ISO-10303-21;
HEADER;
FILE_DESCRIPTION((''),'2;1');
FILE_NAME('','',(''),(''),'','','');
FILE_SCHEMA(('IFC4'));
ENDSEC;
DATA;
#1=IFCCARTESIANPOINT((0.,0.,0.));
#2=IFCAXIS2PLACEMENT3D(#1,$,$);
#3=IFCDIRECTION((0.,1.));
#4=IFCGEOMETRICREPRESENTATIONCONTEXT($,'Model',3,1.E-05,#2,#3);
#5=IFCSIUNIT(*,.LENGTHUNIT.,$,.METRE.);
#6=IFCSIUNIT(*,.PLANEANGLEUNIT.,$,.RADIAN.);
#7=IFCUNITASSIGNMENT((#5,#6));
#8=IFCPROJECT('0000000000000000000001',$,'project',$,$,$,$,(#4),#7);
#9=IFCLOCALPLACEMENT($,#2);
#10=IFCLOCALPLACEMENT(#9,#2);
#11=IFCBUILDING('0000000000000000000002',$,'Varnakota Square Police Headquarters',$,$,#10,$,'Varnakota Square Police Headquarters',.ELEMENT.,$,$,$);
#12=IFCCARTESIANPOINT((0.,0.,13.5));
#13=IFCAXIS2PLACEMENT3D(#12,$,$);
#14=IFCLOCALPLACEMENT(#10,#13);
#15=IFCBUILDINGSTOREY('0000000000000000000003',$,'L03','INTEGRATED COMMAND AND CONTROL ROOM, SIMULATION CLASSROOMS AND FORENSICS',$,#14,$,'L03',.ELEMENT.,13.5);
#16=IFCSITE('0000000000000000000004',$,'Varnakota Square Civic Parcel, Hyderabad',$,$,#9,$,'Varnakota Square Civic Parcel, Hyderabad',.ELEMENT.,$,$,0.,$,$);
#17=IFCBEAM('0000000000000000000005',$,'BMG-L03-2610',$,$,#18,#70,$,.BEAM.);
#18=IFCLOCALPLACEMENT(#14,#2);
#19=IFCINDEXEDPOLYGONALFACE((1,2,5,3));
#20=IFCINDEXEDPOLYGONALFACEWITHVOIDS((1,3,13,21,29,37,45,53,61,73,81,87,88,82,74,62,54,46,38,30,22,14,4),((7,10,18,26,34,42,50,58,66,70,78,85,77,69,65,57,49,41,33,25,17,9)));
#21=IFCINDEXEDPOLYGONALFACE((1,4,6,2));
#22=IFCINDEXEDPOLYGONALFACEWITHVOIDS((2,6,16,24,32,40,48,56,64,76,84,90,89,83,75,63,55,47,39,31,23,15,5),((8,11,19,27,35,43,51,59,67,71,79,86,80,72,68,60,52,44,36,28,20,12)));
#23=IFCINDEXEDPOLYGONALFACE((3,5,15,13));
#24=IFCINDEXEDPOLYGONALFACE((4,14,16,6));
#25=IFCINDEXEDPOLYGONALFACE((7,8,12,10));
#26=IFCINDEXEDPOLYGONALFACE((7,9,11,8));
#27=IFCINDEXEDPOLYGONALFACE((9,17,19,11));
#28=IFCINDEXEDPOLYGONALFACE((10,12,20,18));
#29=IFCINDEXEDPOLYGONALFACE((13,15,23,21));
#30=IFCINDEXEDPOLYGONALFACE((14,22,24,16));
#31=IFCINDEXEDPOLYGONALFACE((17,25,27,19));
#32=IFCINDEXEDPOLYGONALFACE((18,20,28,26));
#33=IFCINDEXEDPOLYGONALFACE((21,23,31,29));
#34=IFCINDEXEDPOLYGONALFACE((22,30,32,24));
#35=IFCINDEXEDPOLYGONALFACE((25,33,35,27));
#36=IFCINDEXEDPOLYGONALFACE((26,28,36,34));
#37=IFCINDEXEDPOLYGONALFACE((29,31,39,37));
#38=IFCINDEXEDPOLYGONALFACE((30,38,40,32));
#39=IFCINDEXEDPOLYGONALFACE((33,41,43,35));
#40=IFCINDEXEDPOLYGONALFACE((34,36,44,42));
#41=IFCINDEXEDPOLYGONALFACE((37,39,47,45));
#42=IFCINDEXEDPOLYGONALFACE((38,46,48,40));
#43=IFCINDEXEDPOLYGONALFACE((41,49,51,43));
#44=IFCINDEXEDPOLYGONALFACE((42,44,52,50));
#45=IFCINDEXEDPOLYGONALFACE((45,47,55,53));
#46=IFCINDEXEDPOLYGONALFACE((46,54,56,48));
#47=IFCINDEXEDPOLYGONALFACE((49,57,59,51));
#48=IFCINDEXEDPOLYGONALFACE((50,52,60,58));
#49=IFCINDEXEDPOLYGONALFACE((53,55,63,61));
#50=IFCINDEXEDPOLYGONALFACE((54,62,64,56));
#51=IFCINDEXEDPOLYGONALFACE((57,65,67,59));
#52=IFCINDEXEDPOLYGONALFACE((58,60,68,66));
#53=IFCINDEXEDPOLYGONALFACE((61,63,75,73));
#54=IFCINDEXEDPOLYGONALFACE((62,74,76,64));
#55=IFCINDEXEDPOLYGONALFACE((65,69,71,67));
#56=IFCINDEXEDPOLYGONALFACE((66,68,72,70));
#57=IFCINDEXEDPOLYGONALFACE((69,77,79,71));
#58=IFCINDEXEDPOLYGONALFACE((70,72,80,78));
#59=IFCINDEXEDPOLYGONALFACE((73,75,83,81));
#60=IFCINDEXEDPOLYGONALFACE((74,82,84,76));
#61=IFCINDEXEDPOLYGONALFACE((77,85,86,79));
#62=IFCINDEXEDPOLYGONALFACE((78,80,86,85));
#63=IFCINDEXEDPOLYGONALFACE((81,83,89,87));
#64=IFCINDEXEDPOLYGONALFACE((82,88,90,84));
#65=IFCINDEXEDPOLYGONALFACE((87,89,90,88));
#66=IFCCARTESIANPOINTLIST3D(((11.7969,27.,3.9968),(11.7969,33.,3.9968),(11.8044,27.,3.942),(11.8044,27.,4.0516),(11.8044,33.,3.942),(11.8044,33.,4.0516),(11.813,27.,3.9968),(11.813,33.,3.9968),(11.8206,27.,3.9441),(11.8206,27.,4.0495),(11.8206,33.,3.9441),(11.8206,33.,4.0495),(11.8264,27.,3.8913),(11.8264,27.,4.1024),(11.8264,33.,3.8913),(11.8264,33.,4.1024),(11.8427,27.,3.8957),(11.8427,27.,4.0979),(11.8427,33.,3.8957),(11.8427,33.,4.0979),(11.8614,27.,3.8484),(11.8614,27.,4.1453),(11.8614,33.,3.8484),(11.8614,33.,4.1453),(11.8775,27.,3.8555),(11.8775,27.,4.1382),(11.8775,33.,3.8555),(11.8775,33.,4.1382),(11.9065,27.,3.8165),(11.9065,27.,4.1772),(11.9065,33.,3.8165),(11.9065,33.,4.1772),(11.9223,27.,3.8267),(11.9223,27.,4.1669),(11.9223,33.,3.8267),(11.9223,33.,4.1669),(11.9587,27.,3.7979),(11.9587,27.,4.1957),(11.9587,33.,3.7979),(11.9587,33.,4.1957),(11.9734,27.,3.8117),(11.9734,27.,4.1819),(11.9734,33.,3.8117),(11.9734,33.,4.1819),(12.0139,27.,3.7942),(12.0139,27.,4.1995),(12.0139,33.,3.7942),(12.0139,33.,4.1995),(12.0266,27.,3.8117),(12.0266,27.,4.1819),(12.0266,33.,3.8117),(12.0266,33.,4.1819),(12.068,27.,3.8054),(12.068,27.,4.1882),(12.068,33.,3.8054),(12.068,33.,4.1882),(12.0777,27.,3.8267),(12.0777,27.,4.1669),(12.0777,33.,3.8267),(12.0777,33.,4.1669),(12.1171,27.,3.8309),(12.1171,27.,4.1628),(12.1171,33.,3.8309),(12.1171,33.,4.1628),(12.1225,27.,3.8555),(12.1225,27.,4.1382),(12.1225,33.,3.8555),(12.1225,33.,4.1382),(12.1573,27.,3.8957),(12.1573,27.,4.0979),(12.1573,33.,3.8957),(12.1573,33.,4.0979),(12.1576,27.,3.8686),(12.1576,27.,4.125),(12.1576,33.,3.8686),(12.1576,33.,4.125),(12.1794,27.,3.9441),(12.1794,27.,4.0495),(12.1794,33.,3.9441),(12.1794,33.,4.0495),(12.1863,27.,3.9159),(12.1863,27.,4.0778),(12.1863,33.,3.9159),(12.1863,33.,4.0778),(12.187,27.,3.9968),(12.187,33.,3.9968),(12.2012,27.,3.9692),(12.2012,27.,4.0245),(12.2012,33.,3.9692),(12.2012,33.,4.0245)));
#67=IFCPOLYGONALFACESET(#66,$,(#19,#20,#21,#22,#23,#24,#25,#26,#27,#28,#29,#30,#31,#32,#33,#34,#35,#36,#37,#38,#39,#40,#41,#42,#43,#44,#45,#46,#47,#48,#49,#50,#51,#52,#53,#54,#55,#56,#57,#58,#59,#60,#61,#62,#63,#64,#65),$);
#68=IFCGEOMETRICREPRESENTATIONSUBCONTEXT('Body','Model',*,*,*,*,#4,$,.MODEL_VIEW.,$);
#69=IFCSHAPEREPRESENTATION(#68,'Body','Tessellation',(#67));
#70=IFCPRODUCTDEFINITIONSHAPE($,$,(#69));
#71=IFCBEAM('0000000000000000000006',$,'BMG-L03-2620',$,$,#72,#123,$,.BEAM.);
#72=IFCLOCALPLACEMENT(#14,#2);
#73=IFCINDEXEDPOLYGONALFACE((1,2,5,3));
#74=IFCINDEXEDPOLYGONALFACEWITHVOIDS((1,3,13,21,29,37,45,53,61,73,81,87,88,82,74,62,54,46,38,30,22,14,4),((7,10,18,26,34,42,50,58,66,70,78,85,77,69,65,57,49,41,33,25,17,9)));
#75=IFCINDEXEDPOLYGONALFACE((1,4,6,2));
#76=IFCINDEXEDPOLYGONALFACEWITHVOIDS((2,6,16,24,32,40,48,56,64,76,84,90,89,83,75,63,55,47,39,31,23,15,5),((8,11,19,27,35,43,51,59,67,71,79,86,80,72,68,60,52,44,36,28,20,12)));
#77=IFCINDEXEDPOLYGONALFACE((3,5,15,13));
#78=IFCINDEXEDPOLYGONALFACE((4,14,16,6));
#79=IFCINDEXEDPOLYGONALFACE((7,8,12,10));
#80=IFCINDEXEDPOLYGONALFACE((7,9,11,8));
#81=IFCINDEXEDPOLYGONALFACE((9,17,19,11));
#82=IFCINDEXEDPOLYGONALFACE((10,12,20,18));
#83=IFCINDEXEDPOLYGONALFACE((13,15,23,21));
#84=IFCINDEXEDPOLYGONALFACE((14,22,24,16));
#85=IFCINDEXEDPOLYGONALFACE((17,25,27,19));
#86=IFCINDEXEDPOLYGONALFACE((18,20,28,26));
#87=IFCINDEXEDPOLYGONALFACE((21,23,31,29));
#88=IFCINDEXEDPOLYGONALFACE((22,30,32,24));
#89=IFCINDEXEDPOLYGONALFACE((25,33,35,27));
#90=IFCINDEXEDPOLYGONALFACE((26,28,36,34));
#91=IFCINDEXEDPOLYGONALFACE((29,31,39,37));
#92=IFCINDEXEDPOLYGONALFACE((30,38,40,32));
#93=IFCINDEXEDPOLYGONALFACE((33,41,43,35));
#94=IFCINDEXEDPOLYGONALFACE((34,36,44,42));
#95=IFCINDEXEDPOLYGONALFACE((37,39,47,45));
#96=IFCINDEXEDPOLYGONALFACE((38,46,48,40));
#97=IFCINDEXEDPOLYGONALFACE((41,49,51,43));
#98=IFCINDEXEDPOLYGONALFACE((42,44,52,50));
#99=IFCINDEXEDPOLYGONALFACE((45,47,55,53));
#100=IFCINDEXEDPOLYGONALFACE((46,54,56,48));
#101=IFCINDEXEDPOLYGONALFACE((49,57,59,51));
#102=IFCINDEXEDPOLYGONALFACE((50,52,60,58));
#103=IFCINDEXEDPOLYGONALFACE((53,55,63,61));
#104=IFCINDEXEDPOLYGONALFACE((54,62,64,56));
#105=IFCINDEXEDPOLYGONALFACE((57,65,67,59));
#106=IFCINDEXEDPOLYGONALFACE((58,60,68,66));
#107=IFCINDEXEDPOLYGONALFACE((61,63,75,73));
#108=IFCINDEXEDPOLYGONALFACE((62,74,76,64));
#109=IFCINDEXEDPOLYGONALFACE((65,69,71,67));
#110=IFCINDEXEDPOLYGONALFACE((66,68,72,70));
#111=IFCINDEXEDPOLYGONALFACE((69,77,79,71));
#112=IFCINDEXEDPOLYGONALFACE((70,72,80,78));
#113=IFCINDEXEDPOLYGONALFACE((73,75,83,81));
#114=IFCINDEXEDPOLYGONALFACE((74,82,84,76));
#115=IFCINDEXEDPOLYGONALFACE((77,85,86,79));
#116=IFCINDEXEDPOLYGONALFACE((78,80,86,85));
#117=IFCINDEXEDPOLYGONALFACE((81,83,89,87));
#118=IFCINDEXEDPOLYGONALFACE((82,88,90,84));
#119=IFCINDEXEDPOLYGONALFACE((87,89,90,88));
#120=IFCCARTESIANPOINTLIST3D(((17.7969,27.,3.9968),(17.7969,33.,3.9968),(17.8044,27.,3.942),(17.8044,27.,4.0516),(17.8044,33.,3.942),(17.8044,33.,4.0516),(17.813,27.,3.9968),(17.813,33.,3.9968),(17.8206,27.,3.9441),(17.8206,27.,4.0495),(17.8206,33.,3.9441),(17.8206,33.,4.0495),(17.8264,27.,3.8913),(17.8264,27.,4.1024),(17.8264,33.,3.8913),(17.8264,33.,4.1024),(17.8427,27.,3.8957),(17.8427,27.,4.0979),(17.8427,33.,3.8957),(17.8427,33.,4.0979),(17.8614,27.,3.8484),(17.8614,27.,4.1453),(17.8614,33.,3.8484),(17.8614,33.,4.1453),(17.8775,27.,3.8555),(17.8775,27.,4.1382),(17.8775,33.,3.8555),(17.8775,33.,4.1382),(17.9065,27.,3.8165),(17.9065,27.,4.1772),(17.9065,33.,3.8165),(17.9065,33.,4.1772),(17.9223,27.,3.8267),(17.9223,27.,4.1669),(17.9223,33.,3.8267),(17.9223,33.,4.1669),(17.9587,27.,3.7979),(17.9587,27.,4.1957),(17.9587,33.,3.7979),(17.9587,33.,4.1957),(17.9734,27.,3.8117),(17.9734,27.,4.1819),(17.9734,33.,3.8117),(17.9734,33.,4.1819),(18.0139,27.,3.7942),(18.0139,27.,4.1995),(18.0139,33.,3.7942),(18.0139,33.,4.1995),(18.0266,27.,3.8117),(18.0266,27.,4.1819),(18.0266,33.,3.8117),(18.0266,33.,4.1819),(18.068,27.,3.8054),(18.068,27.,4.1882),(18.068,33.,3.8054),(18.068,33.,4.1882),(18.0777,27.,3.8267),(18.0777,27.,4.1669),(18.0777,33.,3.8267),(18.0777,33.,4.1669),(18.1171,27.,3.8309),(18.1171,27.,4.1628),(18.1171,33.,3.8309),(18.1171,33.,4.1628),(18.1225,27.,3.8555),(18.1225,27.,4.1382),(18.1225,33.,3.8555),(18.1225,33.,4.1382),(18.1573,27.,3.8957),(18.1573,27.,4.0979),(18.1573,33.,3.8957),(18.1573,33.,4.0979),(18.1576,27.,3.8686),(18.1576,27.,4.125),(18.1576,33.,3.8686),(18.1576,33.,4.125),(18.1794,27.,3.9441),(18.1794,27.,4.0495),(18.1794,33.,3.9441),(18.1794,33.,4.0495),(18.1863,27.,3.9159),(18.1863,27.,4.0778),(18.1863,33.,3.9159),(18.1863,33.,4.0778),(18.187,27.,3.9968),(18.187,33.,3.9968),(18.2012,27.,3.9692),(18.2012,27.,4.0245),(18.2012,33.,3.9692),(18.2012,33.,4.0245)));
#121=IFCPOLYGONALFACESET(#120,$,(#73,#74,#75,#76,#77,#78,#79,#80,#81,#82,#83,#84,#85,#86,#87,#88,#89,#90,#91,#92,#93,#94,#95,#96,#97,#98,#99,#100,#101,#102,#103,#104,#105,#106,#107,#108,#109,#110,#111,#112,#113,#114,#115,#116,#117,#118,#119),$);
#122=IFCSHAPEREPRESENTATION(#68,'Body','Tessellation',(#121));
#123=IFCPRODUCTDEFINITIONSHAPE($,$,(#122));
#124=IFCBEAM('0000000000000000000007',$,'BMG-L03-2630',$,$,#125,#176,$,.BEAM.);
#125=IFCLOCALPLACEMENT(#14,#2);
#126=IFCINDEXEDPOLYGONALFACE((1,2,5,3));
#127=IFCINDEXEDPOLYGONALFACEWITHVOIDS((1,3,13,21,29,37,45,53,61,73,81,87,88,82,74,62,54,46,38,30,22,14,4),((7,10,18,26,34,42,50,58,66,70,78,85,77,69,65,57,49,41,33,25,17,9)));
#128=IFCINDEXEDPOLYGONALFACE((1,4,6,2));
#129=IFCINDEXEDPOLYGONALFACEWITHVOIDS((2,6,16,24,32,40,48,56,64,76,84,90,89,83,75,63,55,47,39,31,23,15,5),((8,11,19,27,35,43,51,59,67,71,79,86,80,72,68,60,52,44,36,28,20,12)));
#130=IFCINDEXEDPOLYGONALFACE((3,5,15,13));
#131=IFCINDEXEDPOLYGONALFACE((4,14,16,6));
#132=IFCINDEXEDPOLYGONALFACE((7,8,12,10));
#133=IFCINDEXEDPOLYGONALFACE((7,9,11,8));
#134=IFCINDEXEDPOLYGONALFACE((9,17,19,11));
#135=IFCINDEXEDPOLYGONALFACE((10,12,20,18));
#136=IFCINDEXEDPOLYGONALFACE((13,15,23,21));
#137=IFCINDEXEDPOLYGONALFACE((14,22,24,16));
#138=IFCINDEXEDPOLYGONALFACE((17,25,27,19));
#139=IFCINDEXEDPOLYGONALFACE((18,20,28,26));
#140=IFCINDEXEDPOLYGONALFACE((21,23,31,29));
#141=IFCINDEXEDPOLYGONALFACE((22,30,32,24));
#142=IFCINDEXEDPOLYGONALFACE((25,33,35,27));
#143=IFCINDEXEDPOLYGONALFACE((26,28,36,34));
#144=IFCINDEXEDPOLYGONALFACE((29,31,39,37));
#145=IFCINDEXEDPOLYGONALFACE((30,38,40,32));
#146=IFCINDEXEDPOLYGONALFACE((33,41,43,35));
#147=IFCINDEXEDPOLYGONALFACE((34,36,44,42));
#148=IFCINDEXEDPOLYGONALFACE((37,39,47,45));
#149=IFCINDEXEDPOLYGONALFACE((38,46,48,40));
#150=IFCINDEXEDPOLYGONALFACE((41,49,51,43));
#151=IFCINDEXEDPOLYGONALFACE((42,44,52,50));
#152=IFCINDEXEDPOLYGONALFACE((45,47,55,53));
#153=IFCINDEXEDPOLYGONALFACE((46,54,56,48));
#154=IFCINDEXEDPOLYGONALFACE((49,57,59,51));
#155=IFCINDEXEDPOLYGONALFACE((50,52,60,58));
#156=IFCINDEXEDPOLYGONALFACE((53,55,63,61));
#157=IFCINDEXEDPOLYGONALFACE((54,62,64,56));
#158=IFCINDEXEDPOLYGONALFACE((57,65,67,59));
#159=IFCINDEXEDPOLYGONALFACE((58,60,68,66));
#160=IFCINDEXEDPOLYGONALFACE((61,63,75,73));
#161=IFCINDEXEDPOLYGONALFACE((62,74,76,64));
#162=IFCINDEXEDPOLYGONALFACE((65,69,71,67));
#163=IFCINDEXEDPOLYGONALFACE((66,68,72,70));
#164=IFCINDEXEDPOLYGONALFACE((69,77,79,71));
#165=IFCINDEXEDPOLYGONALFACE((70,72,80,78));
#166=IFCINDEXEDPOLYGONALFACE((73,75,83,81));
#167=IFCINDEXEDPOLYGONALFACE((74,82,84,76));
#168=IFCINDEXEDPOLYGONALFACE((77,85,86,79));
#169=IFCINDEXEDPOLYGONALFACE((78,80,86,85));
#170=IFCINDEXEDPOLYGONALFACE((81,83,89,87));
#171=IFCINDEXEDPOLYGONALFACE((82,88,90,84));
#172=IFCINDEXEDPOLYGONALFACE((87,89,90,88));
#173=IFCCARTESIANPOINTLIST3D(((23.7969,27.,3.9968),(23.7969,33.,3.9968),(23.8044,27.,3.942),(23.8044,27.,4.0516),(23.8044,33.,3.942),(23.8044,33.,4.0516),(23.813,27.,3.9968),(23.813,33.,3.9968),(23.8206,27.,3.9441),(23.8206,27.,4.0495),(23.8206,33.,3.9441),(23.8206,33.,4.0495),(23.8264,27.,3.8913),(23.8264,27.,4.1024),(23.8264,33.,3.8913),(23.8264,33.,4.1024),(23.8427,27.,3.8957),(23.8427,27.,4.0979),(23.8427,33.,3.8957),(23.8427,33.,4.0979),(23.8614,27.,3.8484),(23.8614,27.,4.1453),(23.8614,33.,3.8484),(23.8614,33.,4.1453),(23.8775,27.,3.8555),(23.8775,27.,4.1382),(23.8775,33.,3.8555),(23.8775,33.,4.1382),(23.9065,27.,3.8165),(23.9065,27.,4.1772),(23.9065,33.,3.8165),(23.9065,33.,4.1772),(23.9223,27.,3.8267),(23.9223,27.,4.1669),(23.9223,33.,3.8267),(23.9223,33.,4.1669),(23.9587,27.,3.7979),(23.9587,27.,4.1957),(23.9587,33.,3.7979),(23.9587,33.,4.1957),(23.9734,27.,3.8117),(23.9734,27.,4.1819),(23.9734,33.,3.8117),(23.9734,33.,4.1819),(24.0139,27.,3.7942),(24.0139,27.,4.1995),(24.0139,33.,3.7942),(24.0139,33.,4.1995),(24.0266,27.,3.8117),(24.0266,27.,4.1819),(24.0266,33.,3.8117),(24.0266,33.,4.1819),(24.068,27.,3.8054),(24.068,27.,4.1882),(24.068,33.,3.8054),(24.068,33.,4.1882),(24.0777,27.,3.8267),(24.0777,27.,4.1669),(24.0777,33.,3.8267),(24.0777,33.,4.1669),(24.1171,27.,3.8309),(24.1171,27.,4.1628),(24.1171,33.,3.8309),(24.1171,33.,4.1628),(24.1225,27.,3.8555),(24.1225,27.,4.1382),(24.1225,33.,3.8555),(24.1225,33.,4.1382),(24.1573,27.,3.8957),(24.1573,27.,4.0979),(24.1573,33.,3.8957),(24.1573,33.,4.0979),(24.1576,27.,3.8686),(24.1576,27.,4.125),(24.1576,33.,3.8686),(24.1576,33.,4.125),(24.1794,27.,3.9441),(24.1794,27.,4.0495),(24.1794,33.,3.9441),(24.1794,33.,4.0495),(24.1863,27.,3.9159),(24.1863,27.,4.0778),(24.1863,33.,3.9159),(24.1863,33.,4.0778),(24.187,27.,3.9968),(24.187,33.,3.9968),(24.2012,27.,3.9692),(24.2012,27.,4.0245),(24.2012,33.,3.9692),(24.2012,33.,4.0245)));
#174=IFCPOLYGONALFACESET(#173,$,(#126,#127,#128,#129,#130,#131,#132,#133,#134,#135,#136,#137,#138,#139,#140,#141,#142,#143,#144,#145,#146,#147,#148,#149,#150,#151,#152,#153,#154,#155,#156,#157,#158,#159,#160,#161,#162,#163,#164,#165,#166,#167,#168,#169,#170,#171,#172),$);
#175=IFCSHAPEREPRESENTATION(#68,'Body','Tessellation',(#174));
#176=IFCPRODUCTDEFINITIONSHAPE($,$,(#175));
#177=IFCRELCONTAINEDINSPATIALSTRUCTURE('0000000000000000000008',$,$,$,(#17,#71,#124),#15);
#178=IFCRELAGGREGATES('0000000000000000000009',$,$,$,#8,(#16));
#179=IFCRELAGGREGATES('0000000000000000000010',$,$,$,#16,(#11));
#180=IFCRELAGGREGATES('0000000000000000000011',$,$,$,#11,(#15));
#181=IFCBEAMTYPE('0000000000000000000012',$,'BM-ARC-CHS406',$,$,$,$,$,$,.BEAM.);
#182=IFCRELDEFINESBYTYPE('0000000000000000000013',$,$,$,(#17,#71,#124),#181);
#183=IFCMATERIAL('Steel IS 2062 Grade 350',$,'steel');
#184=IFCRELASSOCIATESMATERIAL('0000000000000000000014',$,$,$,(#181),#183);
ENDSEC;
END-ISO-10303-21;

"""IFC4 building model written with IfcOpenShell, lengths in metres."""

from ifc_helpers import new_model, si_unit, direction, frame, origin, origin_2d, place, context, subcontext, project, spatial, hollow_circle, extrude, material, material_profile, profile_set, type_object, element, save


model = new_model("IFC4")

# Units and contexts
model_context = context("Model", 3, precision=1e-05, world=origin(), true_north=direction((0.0, 1.0)))
body_context = subcontext(model_context, "Body", "Model", "MODEL_VIEW")
ifc_project = project(units=[si_unit("LENGTHUNIT", "METRE"), si_unit("PLANEANGLEUNIT", "RADIAN")], contexts=[model_context])

# Site, building, storey
site_placement = place(None, origin())
site = spatial("IfcSite", under=ifc_project, at=site_placement, Name="Varnakota Square Civic Parcel, Hyderabad", LongName="Varnakota Square Civic Parcel, Hyderabad", CompositionType="ELEMENT", RefElevation=0.0)
building_placement = place(site_placement, origin())
building = spatial("IfcBuilding", under=site, at=building_placement, Name="Varnakota Square Police Headquarters", LongName="Varnakota Square Police Headquarters", CompositionType="ELEMENT")
storey_placement = place(building_placement, frame((0.0, 0.0, 13.5)))
storey = spatial("IfcBuildingStorey", under=building, at=storey_placement, Name="L03", Description="INTEGRATED COMMAND AND CONTROL ROOM, SIMULATION CLASSROOMS AND FORENSICS", LongName="L03", CompositionType="ELEMENT", Elevation=13.5)

# Shared definitions
ifc_material_1 = material(Name="Steel IS 2062 Grade 350", Category="steel")

# Beams
ifc_material_profile_1 = material_profile(ifc_material_1, hollow_circle(Radius=0.2031, WallThickness=0.0161, at=origin_2d()), Name="CHS 406.4x16.0")
ifc_profile_set_1 = profile_set([ifc_material_profile_1], Name="Steel IS 2062 Grade 350")
beam_type_1 = type_object("IfcBeamType", Name="BM-ARC-CHS406", PredefinedType="BEAM", material=ifc_profile_set_1)
for number, where, z_axis, x_axis, name in (
    (1, (12.0, 27.0, 3.9968), (0.0, 1.0, 0.0), (-1.0, 0.0, 0.0), "BMG-L03-2610"),
    (2, (18.0, 27.0, 3.9968), (0.0, 1.0, 0.0), (-1.0, 0.0, 0.0), "BMG-L03-2620"),
    (3, (24.0, 27.0, 3.9968), (0.0, 1.0, 0.0), (-1.0, 0.0, 0.0), "BMG-L03-2630"),
):
    element("IfcBeam", number, at=place(storey_placement, frame(where, z_axis=z_axis, x_axis=x_axis)), inside=storey, type_object=beam_type_1, Name=name, PredefinedType="BEAM", context=body_context, shape_type="SweptSolid", body=[
        extrude(hollow_circle(Radius=0.2031, WallThickness=0.0161, at=origin_2d()), origin(), (0.0, 0.0, 1.0), 6.0),
    ])

save(model, "model.ifc")
